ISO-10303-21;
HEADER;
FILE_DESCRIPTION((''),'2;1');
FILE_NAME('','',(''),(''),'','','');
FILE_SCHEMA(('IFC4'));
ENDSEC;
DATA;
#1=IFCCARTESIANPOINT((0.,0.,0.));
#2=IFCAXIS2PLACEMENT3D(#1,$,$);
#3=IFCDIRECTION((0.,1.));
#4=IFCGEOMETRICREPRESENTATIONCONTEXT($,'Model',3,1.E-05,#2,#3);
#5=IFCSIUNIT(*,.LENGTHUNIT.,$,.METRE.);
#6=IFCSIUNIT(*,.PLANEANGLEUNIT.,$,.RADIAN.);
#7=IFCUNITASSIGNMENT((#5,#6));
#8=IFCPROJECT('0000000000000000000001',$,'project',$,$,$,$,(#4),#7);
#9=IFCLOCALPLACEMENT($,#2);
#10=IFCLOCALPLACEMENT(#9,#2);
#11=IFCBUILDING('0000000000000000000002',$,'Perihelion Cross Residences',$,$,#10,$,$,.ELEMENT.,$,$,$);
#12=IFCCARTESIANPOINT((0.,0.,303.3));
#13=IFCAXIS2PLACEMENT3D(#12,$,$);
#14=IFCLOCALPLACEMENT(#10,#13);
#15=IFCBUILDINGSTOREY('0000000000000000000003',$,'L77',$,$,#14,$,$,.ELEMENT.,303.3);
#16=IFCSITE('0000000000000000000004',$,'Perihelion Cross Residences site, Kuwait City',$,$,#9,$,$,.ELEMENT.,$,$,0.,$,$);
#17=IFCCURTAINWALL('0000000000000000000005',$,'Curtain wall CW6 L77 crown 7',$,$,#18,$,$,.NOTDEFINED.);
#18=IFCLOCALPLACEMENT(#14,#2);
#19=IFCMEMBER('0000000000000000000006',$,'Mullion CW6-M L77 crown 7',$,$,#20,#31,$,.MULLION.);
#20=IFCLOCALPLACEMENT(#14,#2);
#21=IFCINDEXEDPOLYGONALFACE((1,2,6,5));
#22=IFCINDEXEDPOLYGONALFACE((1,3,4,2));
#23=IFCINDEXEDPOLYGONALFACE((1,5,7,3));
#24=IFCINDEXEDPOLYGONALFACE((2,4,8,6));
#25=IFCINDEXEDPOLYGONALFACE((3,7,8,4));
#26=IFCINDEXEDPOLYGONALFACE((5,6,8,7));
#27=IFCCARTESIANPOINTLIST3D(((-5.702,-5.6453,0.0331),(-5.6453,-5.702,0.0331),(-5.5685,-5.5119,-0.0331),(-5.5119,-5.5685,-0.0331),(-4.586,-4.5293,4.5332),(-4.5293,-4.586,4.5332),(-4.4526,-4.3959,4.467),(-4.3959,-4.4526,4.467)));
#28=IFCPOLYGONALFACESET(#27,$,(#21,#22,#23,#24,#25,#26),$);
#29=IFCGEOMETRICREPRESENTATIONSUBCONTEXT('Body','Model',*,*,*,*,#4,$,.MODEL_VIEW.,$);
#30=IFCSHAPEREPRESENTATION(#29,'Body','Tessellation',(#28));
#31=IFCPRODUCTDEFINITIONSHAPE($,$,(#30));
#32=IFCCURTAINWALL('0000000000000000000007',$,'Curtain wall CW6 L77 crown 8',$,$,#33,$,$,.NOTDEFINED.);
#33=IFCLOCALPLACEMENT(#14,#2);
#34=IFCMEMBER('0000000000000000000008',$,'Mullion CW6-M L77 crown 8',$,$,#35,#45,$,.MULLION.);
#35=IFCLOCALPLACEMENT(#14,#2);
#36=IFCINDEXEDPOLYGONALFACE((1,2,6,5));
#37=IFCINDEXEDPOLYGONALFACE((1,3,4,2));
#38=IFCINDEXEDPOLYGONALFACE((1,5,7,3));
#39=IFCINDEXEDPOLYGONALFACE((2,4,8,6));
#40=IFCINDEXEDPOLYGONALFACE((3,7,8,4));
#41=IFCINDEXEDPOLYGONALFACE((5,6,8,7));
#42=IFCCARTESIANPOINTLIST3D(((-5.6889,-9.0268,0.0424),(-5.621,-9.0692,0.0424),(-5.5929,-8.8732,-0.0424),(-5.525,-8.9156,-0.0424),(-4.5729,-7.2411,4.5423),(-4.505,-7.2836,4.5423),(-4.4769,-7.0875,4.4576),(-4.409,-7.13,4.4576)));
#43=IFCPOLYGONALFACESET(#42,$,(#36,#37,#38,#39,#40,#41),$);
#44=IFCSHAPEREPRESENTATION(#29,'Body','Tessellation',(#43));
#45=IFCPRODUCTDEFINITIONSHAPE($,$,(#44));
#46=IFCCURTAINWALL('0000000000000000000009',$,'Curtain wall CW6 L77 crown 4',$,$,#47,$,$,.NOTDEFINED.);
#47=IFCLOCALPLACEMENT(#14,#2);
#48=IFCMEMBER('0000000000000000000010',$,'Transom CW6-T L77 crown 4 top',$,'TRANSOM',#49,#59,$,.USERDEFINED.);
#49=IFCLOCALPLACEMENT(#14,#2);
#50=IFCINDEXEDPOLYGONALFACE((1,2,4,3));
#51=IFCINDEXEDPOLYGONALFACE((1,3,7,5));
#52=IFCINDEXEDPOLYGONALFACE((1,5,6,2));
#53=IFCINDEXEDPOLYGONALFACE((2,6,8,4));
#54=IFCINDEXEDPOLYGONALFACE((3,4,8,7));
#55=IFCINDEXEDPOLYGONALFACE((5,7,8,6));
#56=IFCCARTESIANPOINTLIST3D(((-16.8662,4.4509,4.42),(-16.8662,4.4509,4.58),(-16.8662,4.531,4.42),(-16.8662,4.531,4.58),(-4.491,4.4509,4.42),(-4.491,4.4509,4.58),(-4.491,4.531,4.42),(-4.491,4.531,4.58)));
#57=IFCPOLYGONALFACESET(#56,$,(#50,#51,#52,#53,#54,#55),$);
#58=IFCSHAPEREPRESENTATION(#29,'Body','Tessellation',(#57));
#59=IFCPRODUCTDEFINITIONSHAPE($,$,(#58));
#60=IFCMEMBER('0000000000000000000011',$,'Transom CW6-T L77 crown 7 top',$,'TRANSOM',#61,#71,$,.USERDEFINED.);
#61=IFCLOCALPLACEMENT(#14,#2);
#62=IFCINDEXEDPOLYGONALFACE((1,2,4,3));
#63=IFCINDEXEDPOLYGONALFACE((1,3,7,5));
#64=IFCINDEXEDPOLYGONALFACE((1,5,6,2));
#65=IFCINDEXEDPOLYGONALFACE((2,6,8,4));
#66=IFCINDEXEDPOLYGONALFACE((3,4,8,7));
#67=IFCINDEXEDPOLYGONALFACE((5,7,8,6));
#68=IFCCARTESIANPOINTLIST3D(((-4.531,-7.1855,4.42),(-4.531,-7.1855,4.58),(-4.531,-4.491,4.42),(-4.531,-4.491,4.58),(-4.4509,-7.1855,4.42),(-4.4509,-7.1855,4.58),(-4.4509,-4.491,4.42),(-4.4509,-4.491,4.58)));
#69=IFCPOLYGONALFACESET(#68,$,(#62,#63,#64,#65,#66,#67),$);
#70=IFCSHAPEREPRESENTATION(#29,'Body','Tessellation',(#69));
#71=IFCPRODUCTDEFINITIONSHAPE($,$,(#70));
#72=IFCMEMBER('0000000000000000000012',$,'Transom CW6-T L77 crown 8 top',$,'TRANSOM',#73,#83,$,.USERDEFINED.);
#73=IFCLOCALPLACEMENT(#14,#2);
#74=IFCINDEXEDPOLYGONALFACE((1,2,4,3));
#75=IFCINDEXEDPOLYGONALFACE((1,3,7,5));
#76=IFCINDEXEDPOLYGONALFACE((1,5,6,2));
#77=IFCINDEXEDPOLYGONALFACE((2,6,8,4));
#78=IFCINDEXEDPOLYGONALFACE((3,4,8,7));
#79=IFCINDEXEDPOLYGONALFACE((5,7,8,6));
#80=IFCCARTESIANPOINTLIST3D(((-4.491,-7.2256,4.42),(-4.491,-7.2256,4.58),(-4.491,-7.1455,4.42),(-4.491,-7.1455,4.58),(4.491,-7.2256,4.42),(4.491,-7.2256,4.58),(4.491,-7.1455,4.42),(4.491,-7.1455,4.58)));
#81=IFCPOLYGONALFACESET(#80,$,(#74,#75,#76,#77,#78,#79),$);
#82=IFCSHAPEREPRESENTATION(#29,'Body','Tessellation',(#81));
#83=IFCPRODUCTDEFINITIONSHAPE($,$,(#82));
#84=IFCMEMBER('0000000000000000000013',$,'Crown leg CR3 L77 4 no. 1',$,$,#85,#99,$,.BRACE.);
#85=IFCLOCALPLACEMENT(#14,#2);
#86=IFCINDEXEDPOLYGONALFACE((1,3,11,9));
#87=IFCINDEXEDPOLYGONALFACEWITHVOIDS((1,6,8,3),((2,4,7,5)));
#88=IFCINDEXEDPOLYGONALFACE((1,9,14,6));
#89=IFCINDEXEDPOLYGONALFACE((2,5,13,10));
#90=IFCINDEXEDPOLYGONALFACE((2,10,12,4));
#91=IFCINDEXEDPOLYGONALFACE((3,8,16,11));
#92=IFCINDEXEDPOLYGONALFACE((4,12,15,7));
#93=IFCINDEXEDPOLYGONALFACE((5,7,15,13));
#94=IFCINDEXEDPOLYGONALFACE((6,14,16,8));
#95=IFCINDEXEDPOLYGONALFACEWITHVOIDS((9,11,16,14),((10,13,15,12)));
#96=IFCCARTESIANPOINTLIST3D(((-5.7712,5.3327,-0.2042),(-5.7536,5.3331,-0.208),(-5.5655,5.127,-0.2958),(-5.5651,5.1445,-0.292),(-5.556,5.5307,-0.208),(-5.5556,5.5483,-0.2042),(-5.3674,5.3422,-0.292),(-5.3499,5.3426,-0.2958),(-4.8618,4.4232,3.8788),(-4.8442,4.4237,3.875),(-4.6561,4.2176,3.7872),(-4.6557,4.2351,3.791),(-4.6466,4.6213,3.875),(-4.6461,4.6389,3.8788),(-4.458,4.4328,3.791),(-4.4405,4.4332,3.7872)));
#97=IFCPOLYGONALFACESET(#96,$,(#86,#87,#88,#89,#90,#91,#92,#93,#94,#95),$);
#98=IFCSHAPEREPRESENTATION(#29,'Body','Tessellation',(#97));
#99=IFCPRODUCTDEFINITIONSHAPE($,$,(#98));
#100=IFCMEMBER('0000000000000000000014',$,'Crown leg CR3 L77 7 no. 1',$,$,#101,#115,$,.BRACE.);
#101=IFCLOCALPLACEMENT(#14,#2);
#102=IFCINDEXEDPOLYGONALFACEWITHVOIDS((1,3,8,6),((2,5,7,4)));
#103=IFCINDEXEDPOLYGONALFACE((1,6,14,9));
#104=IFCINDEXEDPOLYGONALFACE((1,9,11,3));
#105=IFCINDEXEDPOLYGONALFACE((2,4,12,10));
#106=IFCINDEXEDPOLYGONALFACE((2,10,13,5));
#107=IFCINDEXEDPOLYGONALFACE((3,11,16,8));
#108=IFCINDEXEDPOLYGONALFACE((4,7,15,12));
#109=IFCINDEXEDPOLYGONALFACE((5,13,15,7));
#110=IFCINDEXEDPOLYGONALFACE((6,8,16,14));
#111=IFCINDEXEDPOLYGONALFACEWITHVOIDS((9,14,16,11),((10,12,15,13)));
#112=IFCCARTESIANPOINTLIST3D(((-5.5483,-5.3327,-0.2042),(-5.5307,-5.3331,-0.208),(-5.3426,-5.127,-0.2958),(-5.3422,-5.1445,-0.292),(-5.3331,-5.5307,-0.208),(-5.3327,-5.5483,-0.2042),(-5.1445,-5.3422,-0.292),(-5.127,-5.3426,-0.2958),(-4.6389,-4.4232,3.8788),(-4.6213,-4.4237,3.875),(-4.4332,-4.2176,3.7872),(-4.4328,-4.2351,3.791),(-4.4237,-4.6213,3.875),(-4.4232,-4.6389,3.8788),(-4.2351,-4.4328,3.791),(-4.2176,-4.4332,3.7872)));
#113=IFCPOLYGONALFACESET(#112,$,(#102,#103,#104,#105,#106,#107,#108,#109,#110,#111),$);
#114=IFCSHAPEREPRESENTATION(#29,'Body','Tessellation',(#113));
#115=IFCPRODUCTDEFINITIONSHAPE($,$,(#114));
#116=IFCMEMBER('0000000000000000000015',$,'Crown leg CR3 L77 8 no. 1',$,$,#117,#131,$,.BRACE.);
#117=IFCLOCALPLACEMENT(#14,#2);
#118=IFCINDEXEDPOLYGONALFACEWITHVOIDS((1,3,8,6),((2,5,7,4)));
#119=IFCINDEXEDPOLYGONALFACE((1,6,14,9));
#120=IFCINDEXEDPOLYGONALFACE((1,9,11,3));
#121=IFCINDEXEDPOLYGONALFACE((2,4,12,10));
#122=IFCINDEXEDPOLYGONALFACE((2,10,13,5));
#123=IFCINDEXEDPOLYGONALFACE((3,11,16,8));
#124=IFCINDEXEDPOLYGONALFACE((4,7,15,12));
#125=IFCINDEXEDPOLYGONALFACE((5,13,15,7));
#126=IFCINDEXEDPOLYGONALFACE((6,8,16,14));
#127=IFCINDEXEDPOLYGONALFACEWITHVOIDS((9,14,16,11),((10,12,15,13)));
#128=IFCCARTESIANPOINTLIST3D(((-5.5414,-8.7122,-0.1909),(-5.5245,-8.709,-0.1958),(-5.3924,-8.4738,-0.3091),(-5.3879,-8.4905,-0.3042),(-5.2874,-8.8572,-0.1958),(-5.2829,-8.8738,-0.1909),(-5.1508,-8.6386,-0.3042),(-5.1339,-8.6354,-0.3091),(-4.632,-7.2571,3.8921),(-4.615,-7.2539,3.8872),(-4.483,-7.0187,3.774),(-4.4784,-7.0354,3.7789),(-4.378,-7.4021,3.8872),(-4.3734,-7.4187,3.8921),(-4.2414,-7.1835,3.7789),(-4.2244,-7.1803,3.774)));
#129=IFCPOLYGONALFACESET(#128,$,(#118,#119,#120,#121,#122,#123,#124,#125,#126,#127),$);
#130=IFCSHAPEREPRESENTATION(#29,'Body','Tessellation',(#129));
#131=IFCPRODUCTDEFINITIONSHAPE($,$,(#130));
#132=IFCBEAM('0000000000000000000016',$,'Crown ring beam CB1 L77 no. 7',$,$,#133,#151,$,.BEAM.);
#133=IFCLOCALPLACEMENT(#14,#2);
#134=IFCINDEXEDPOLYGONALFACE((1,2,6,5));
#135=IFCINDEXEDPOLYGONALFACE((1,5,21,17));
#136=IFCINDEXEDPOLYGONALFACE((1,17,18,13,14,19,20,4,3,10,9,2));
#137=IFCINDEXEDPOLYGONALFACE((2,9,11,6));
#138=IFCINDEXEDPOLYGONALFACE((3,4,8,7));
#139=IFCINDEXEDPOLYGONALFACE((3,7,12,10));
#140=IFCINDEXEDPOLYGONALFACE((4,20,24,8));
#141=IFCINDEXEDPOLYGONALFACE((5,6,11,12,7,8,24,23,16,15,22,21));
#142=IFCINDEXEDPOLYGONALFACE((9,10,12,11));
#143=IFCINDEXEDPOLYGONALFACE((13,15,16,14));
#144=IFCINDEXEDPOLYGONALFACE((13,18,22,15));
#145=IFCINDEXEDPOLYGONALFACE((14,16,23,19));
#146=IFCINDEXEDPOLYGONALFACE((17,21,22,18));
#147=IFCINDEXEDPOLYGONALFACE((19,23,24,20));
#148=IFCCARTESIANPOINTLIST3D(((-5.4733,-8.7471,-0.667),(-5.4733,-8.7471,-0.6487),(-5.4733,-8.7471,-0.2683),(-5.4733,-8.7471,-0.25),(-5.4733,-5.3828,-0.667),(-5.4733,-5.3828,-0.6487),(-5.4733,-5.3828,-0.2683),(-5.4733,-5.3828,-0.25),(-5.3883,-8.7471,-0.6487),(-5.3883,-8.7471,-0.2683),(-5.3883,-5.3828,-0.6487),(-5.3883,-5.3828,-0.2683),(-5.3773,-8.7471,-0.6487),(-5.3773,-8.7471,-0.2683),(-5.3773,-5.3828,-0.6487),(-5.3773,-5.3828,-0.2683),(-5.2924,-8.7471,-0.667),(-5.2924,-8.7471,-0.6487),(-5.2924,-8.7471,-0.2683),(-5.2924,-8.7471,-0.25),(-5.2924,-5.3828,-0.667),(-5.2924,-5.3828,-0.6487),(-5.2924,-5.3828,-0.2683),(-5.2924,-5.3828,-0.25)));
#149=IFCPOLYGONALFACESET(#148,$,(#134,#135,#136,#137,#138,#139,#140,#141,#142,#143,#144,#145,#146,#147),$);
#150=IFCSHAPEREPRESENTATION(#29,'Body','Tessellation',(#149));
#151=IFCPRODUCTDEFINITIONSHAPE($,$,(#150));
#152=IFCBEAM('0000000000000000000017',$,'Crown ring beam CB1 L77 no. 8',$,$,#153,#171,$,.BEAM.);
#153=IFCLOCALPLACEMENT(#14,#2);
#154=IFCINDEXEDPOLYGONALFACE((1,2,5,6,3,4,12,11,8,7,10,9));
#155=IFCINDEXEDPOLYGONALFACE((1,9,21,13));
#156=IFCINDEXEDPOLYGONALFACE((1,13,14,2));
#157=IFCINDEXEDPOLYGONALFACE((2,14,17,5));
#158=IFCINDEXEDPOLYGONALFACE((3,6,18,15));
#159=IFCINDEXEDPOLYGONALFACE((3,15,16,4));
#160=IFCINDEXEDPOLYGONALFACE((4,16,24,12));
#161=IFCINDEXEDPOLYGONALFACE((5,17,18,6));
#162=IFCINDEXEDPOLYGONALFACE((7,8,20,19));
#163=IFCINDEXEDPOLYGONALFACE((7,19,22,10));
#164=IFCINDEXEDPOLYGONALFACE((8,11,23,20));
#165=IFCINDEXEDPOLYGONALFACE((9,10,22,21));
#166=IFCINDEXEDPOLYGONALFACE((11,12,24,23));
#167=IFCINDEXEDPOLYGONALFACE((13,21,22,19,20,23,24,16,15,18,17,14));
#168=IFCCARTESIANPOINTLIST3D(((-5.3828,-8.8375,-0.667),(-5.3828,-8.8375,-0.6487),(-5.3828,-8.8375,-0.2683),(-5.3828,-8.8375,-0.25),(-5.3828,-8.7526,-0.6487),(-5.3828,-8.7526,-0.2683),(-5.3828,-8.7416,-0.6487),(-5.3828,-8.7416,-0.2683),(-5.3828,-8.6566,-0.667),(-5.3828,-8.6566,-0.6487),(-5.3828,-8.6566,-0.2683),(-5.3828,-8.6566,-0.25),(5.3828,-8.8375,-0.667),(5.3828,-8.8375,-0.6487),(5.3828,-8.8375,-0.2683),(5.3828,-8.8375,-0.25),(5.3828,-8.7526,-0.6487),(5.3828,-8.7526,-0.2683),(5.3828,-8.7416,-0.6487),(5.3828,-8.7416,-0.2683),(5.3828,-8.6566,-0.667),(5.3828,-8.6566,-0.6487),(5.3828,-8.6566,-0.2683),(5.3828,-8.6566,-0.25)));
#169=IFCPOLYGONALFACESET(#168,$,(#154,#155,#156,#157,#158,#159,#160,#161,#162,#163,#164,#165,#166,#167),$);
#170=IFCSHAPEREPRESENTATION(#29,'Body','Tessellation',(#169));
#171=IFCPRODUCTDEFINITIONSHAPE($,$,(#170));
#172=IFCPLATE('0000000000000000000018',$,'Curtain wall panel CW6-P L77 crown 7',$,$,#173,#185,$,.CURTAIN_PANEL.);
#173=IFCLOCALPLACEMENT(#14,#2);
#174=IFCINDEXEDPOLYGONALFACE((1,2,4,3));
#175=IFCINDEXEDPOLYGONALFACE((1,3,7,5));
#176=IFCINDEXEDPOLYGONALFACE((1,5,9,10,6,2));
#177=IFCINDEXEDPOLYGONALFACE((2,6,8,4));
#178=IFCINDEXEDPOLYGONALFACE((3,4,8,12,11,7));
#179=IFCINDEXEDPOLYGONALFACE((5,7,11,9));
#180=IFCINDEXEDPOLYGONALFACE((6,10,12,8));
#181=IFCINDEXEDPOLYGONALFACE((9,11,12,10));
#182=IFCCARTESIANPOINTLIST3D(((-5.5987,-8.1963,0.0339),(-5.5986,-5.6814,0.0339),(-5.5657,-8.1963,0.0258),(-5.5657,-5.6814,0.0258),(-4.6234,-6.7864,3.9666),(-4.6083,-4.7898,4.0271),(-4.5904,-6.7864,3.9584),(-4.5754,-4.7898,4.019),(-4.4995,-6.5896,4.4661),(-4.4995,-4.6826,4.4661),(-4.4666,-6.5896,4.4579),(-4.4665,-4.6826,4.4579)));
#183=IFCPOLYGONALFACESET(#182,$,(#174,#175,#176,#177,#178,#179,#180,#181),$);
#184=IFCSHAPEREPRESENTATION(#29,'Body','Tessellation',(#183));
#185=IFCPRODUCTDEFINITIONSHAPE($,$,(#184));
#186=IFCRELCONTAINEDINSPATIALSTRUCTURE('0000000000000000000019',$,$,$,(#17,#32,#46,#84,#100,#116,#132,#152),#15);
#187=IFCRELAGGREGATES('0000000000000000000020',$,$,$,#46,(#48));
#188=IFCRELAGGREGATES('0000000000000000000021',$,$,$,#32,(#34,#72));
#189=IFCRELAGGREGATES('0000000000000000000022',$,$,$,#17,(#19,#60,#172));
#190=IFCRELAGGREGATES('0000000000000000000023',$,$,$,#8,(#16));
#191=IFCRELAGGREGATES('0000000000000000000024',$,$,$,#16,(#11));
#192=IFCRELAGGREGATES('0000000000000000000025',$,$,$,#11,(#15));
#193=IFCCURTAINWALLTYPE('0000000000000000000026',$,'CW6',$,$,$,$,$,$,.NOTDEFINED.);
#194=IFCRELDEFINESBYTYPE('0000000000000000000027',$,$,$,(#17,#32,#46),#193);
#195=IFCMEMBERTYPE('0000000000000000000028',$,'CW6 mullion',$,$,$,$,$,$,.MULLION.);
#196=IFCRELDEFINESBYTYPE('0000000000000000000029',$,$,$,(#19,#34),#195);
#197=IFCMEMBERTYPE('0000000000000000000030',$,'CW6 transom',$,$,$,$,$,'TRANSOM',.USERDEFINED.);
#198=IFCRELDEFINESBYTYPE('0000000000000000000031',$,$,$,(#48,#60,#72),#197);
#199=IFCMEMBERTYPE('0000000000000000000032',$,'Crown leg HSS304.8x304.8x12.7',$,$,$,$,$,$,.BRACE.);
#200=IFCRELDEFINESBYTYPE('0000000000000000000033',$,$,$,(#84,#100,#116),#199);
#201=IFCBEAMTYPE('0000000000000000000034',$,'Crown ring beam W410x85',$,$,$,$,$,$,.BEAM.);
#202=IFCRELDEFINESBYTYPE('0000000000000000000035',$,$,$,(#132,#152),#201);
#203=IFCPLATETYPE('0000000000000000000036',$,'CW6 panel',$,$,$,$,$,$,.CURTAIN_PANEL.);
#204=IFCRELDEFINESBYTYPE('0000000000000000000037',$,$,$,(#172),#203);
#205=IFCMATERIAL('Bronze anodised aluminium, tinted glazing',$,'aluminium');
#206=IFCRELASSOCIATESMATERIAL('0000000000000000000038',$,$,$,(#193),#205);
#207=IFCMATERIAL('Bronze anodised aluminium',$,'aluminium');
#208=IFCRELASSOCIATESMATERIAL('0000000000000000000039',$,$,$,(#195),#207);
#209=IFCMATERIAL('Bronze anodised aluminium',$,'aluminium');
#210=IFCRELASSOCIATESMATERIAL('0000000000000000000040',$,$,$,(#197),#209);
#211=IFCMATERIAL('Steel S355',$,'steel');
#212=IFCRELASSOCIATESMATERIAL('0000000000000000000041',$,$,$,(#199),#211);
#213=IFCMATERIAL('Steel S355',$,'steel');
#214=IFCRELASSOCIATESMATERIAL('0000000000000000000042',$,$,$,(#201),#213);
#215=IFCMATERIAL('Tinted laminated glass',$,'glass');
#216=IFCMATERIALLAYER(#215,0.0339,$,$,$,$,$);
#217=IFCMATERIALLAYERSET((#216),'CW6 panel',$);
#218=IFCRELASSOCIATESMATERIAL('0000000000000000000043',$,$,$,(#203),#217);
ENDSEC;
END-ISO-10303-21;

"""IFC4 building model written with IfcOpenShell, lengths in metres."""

from ifc_helpers import new_model, si_unit, direction, frame, origin, origin_2d, place, context, subcontext, project, spatial, polyline, rectangle, hollow_rectangle, i_section, outline, extrude, material, layer, layer_set, material_profile, profile_set, type_object, element, aggregate, save


model = new_model("IFC4")

# Units and contexts
model_context = context("Model", 3, precision=1e-05, world=origin(), true_north=direction((0.0, 1.0)))
body_context = subcontext(model_context, "Body", "Model", "MODEL_VIEW")
ifc_project = project(units=[si_unit("LENGTHUNIT", "METRE"), si_unit("PLANEANGLEUNIT", "RADIAN")], contexts=[model_context])

# Site, building, storey
site_placement = place(None, origin())
site = spatial("IfcSite", under=ifc_project, at=site_placement, Name="Perihelion Cross Residences site, Kuwait City", CompositionType="ELEMENT", RefElevation=0.0)
building_placement = place(site_placement, origin())
building = spatial("IfcBuilding", under=site, at=building_placement, Name="Perihelion Cross Residences", CompositionType="ELEMENT")
storey_placement = place(building_placement, frame((0.0, 0.0, 303.3)))
storey = spatial("IfcBuildingStorey", under=building, at=storey_placement, Name="L77", CompositionType="ELEMENT", Elevation=303.3)

# Curtain walls, members
ifc_material_1 = material(Name="Bronze anodised aluminium, tinted glazing", Category="aluminium")
curtain_wall_type = type_object("IfcCurtainWallType", Name="CW6", PredefinedType="NOTDEFINED", material=ifc_material_1)
curtain_wall_1_placement = place(storey_placement, origin())
curtain_wall_1 = element("IfcCurtainWall", 1, at=curtain_wall_1_placement, inside=storey, type_object=curtain_wall_type, Name="Curtain wall CW6 L77 crown 7", PredefinedType="NOTDEFINED")
ifc_material_2 = material(Name="Bronze anodised aluminium", Category="aluminium")
ifc_material_profile_1 = material_profile(ifc_material_2, rectangle(XDim=0.0801, YDim=0.2, at=origin_2d()), Name="CW6 mullion")
ifc_profile_set_1 = profile_set([ifc_material_profile_1], Name="Bronze anodised aluminium")
member_type_1 = type_object("IfcMemberType", Name="CW6 mullion", PredefinedType="MULLION", material=ifc_profile_set_1)
member_1_placement = place(storey_placement, frame((-5.6069, -5.6069, 0.0), z_axis=(0.234018, 0.234018, 0.943648), x_axis=(-0.707107, 0.707107, 0.0)))
member_1 = element("IfcMember", 2, at=member_1_placement, type_object=member_type_1, Name="Mullion CW6-M L77 crown 7", PredefinedType="MULLION", context=body_context, shape_type="SweptSolid", body=[
    extrude(rectangle(XDim=0.0801, YDim=0.2, at=origin_2d()), origin(), (0.0, 0.0, 1.0), 4.7688),
])
curtain_wall_2_placement = place(storey_placement, origin())
curtain_wall_2 = element("IfcCurtainWall", 3, at=curtain_wall_2_placement, inside=storey, type_object=curtain_wall_type, Name="Curtain wall CW6 L77 crown 8", PredefinedType="NOTDEFINED")
member_2_placement = place(storey_placement, frame((-5.6069, -8.9712, 0.0), z_axis=(0.224618, 0.359408, 0.905744), x_axis=(-0.848011, 0.529978, 0.0)))
member_2 = element("IfcMember", 4, at=member_2_placement, type_object=member_type_1, Name="Mullion CW6-M L77 crown 8", PredefinedType="MULLION", context=body_context, shape_type="SweptSolid", body=[
    extrude(rectangle(XDim=0.0801, YDim=0.2, at=origin_2d()), origin(), (0.0, 0.0, 1.0), 4.9683),
])
curtain_wall_3_placement = place(storey_placement, origin())
curtain_wall_3 = element("IfcCurtainWall", 5, at=curtain_wall_3_placement, inside=storey, type_object=curtain_wall_type, Name="Curtain wall CW6 L77 crown 4", PredefinedType="NOTDEFINED")
ifc_material_3 = material(Name="Bronze anodised aluminium", Category="aluminium")
ifc_material_profile_2 = material_profile(ifc_material_3, rectangle(XDim=0.0801, YDim=0.1599, at=origin_2d()), Name="CW6 transom")
ifc_profile_set_2 = profile_set([ifc_material_profile_2], Name="Bronze anodised aluminium")
member_type_2 = type_object("IfcMemberType", Name="CW6 transom", ElementType="TRANSOM", PredefinedType="USERDEFINED", material=ifc_profile_set_2)
member_3_placement = place(storey_placement, frame((-4.491, 4.491, 4.5), z_axis=(-1.0, 0.0, 0.0), x_axis=(0.0, -1.0, 0.0)))
member_3 = element("IfcMember", 6, at=member_3_placement, type_object=member_type_2, Name="Transom CW6-T L77 crown 4 top", ObjectType="TRANSOM", PredefinedType="USERDEFINED", context=body_context, shape_type="SweptSolid", body=[
    extrude(rectangle(XDim=0.0801, YDim=0.1599, at=origin_2d()), origin(), (0.0, 0.0, 1.0), 12.3752),
])
aggregate(curtain_wall_3, [member_3])

# Members
member_4_placement = place(storey_placement, frame((-4.491, -4.491, 4.5), z_axis=(0.0, -1.0, 0.0), x_axis=(1.0, 0.0, 0.0)))
member_4 = element("IfcMember", 7, at=member_4_placement, type_object=member_type_2, Name="Transom CW6-T L77 crown 7 top", ObjectType="TRANSOM", PredefinedType="USERDEFINED", context=body_context, shape_type="SweptSolid", body=[
    extrude(rectangle(XDim=0.0801, YDim=0.1599, at=origin_2d()), origin(), (0.0, 0.0, 1.0), 2.6946),
])
member_5_placement = place(storey_placement, frame((-4.491, -7.1855, 4.5), z_axis=(1.0, 0.0, 0.0), x_axis=(0.0, 1.0, 0.0)))
member_5 = element("IfcMember", 8, at=member_5_placement, type_object=member_type_2, Name="Transom CW6-T L77 crown 8 top", ObjectType="TRANSOM", PredefinedType="USERDEFINED", context=body_context, shape_type="SweptSolid", body=[
    extrude(rectangle(XDim=0.0801, YDim=0.1599, at=origin_2d()), origin(), (0.0, 0.0, 1.0), 8.9819),
])
aggregate(curtain_wall_2, [member_2, member_5])

# Members
ifc_material_4 = material(Name="Steel S355", Category="steel")
ifc_material_profile_3 = material_profile(ifc_material_4, hollow_rectangle(XDim=0.3049, YDim=0.3049, WallThickness=0.0127, at=origin_2d()), Name="HSS304.8x304.8x12.7")
ifc_profile_set_3 = profile_set([ifc_material_profile_3], Name="Steel S355")
member_type_3 = type_object("IfcMemberType", Name="Crown leg HSS304.8x304.8x12.7", PredefinedType="BRACE", material=ifc_profile_set_3)
for number, where, z_axis, x_axis, name in (
    (9, (-5.5605, 5.3376, -0.25), (0.212444, -0.212444, 0.953801), (0.707107, 0.707107, 0.0), "Crown leg CR3 L77 4 no. 1"),
    (10, (-5.3376, -5.3376, -0.25), (0.212444, 0.212444, 0.953801), (-0.707107, 0.707107, 0.0), "Crown leg CR3 L77 7 no. 1"),
):
    element("IfcMember", number, at=place(storey_placement, frame(where, z_axis=z_axis, x_axis=x_axis)), inside=storey, type_object=member_type_3, Name=name, PredefinedType="BRACE", context=body_context, shape_type="SweptSolid", body=[
        extrude(hollow_rectangle(XDim=0.3049, YDim=0.3049, WallThickness=0.0127, at=origin_2d()), origin(), (0.0, 0.0, 1.0), 4.2808),
    ])
member_6_placement = place(storey_placement, frame((-5.3376, -8.6738, -0.25), z_axis=(0.205338, 0.328541, 0.921899), x_axis=(-0.847998, 0.529999, 0.0)))
element("IfcMember", 11, at=member_6_placement, inside=storey, type_object=member_type_3, Name="Crown leg CR3 L77 8 no. 1", PredefinedType="BRACE", context=body_context, shape_type="SweptSolid", body=[
    extrude(hollow_rectangle(XDim=0.3049, YDim=0.3049, WallThickness=0.0127, at=origin_2d()), origin(), (0.0, 0.0, 1.0), 4.429),
])

# Beams
ifc_material_5 = material(Name="Steel S355", Category="steel")
ifc_material_profile_4 = material_profile(ifc_material_5, i_section(OverallWidth=0.1809, OverallDepth=0.417, WebThickness=0.011, FlangeThickness=0.0183, at=origin_2d()), Name="W410x85")
ifc_profile_set_4 = profile_set([ifc_material_profile_4], Name="Steel S355")
beam_type = type_object("IfcBeamType", Name="Crown ring beam W410x85", PredefinedType="BEAM", material=ifc_profile_set_4)
beam_1_placement = place(storey_placement, frame((-5.3828, -5.3828, -0.4585), z_axis=(0.0, -1.0, 0.0), x_axis=(1.0, 0.0, 0.0)))
element("IfcBeam", 12, at=beam_1_placement, inside=storey, type_object=beam_type, Name="Crown ring beam CB1 L77 no. 7", PredefinedType="BEAM", context=body_context, shape_type="SweptSolid", body=[
    extrude(i_section(OverallWidth=0.1809, OverallDepth=0.417, WebThickness=0.011, FlangeThickness=0.0183, at=origin_2d()), origin(), (0.0, 0.0, 1.0), 3.3643),
])
beam_2_placement = place(storey_placement, frame((-5.3828, -8.7471, -0.4585), z_axis=(1.0, 0.0, 0.0), x_axis=(0.0, 1.0, 0.0)))
element("IfcBeam", 13, at=beam_2_placement, inside=storey, type_object=beam_type, Name="Crown ring beam CB1 L77 no. 8", PredefinedType="BEAM", context=body_context, shape_type="SweptSolid", body=[
    extrude(i_section(OverallWidth=0.1809, OverallDepth=0.417, WebThickness=0.011, FlangeThickness=0.0183, at=origin_2d()), origin(), (0.0, 0.0, 1.0), 10.7656),
])

# Shared definitions
ifc_material_6 = material(Name="Tinted laminated glass", Category="glass")
ifc_layer_1 = layer(ifc_material_6, 0.0339)
ifc_layer_set_1 = layer_set([ifc_layer_1], Name="CW6 panel")
plate_type = type_object("IfcPlateType", Name="CW6 panel", PredefinedType="CURTAIN_PANEL", material=ifc_layer_set_1)

# Plate
plate_1_placement = place(storey_placement, frame((-4.4995, -6.5896, 4.4661), z_axis=(-0.970601, 0.000027, 0.240696), x_axis=(-0.22483, -0.357155, -0.906583)))
plate_1 = element("IfcPlate", 14, at=plate_1_placement, type_object=plate_type, Name="Curtain wall panel CW6-P L77 crown 7", PredefinedType="CURTAIN_PANEL", context=body_context, shape_type="SweptSolid", body=[
    extrude(outline(polyline([(0.0, 0.0), (0.551, 0.0), (4.839, -0.1302), (3.9408, -2.4792), (-0.2204, -1.8426), (-0.6811, -1.7812), (0.0, 0.0)])), origin(), (0.0, 0.0, -1.0), 0.0339),
])
aggregate(curtain_wall_1, [member_1, member_4, plate_1])

save(model, "model.ifc")
